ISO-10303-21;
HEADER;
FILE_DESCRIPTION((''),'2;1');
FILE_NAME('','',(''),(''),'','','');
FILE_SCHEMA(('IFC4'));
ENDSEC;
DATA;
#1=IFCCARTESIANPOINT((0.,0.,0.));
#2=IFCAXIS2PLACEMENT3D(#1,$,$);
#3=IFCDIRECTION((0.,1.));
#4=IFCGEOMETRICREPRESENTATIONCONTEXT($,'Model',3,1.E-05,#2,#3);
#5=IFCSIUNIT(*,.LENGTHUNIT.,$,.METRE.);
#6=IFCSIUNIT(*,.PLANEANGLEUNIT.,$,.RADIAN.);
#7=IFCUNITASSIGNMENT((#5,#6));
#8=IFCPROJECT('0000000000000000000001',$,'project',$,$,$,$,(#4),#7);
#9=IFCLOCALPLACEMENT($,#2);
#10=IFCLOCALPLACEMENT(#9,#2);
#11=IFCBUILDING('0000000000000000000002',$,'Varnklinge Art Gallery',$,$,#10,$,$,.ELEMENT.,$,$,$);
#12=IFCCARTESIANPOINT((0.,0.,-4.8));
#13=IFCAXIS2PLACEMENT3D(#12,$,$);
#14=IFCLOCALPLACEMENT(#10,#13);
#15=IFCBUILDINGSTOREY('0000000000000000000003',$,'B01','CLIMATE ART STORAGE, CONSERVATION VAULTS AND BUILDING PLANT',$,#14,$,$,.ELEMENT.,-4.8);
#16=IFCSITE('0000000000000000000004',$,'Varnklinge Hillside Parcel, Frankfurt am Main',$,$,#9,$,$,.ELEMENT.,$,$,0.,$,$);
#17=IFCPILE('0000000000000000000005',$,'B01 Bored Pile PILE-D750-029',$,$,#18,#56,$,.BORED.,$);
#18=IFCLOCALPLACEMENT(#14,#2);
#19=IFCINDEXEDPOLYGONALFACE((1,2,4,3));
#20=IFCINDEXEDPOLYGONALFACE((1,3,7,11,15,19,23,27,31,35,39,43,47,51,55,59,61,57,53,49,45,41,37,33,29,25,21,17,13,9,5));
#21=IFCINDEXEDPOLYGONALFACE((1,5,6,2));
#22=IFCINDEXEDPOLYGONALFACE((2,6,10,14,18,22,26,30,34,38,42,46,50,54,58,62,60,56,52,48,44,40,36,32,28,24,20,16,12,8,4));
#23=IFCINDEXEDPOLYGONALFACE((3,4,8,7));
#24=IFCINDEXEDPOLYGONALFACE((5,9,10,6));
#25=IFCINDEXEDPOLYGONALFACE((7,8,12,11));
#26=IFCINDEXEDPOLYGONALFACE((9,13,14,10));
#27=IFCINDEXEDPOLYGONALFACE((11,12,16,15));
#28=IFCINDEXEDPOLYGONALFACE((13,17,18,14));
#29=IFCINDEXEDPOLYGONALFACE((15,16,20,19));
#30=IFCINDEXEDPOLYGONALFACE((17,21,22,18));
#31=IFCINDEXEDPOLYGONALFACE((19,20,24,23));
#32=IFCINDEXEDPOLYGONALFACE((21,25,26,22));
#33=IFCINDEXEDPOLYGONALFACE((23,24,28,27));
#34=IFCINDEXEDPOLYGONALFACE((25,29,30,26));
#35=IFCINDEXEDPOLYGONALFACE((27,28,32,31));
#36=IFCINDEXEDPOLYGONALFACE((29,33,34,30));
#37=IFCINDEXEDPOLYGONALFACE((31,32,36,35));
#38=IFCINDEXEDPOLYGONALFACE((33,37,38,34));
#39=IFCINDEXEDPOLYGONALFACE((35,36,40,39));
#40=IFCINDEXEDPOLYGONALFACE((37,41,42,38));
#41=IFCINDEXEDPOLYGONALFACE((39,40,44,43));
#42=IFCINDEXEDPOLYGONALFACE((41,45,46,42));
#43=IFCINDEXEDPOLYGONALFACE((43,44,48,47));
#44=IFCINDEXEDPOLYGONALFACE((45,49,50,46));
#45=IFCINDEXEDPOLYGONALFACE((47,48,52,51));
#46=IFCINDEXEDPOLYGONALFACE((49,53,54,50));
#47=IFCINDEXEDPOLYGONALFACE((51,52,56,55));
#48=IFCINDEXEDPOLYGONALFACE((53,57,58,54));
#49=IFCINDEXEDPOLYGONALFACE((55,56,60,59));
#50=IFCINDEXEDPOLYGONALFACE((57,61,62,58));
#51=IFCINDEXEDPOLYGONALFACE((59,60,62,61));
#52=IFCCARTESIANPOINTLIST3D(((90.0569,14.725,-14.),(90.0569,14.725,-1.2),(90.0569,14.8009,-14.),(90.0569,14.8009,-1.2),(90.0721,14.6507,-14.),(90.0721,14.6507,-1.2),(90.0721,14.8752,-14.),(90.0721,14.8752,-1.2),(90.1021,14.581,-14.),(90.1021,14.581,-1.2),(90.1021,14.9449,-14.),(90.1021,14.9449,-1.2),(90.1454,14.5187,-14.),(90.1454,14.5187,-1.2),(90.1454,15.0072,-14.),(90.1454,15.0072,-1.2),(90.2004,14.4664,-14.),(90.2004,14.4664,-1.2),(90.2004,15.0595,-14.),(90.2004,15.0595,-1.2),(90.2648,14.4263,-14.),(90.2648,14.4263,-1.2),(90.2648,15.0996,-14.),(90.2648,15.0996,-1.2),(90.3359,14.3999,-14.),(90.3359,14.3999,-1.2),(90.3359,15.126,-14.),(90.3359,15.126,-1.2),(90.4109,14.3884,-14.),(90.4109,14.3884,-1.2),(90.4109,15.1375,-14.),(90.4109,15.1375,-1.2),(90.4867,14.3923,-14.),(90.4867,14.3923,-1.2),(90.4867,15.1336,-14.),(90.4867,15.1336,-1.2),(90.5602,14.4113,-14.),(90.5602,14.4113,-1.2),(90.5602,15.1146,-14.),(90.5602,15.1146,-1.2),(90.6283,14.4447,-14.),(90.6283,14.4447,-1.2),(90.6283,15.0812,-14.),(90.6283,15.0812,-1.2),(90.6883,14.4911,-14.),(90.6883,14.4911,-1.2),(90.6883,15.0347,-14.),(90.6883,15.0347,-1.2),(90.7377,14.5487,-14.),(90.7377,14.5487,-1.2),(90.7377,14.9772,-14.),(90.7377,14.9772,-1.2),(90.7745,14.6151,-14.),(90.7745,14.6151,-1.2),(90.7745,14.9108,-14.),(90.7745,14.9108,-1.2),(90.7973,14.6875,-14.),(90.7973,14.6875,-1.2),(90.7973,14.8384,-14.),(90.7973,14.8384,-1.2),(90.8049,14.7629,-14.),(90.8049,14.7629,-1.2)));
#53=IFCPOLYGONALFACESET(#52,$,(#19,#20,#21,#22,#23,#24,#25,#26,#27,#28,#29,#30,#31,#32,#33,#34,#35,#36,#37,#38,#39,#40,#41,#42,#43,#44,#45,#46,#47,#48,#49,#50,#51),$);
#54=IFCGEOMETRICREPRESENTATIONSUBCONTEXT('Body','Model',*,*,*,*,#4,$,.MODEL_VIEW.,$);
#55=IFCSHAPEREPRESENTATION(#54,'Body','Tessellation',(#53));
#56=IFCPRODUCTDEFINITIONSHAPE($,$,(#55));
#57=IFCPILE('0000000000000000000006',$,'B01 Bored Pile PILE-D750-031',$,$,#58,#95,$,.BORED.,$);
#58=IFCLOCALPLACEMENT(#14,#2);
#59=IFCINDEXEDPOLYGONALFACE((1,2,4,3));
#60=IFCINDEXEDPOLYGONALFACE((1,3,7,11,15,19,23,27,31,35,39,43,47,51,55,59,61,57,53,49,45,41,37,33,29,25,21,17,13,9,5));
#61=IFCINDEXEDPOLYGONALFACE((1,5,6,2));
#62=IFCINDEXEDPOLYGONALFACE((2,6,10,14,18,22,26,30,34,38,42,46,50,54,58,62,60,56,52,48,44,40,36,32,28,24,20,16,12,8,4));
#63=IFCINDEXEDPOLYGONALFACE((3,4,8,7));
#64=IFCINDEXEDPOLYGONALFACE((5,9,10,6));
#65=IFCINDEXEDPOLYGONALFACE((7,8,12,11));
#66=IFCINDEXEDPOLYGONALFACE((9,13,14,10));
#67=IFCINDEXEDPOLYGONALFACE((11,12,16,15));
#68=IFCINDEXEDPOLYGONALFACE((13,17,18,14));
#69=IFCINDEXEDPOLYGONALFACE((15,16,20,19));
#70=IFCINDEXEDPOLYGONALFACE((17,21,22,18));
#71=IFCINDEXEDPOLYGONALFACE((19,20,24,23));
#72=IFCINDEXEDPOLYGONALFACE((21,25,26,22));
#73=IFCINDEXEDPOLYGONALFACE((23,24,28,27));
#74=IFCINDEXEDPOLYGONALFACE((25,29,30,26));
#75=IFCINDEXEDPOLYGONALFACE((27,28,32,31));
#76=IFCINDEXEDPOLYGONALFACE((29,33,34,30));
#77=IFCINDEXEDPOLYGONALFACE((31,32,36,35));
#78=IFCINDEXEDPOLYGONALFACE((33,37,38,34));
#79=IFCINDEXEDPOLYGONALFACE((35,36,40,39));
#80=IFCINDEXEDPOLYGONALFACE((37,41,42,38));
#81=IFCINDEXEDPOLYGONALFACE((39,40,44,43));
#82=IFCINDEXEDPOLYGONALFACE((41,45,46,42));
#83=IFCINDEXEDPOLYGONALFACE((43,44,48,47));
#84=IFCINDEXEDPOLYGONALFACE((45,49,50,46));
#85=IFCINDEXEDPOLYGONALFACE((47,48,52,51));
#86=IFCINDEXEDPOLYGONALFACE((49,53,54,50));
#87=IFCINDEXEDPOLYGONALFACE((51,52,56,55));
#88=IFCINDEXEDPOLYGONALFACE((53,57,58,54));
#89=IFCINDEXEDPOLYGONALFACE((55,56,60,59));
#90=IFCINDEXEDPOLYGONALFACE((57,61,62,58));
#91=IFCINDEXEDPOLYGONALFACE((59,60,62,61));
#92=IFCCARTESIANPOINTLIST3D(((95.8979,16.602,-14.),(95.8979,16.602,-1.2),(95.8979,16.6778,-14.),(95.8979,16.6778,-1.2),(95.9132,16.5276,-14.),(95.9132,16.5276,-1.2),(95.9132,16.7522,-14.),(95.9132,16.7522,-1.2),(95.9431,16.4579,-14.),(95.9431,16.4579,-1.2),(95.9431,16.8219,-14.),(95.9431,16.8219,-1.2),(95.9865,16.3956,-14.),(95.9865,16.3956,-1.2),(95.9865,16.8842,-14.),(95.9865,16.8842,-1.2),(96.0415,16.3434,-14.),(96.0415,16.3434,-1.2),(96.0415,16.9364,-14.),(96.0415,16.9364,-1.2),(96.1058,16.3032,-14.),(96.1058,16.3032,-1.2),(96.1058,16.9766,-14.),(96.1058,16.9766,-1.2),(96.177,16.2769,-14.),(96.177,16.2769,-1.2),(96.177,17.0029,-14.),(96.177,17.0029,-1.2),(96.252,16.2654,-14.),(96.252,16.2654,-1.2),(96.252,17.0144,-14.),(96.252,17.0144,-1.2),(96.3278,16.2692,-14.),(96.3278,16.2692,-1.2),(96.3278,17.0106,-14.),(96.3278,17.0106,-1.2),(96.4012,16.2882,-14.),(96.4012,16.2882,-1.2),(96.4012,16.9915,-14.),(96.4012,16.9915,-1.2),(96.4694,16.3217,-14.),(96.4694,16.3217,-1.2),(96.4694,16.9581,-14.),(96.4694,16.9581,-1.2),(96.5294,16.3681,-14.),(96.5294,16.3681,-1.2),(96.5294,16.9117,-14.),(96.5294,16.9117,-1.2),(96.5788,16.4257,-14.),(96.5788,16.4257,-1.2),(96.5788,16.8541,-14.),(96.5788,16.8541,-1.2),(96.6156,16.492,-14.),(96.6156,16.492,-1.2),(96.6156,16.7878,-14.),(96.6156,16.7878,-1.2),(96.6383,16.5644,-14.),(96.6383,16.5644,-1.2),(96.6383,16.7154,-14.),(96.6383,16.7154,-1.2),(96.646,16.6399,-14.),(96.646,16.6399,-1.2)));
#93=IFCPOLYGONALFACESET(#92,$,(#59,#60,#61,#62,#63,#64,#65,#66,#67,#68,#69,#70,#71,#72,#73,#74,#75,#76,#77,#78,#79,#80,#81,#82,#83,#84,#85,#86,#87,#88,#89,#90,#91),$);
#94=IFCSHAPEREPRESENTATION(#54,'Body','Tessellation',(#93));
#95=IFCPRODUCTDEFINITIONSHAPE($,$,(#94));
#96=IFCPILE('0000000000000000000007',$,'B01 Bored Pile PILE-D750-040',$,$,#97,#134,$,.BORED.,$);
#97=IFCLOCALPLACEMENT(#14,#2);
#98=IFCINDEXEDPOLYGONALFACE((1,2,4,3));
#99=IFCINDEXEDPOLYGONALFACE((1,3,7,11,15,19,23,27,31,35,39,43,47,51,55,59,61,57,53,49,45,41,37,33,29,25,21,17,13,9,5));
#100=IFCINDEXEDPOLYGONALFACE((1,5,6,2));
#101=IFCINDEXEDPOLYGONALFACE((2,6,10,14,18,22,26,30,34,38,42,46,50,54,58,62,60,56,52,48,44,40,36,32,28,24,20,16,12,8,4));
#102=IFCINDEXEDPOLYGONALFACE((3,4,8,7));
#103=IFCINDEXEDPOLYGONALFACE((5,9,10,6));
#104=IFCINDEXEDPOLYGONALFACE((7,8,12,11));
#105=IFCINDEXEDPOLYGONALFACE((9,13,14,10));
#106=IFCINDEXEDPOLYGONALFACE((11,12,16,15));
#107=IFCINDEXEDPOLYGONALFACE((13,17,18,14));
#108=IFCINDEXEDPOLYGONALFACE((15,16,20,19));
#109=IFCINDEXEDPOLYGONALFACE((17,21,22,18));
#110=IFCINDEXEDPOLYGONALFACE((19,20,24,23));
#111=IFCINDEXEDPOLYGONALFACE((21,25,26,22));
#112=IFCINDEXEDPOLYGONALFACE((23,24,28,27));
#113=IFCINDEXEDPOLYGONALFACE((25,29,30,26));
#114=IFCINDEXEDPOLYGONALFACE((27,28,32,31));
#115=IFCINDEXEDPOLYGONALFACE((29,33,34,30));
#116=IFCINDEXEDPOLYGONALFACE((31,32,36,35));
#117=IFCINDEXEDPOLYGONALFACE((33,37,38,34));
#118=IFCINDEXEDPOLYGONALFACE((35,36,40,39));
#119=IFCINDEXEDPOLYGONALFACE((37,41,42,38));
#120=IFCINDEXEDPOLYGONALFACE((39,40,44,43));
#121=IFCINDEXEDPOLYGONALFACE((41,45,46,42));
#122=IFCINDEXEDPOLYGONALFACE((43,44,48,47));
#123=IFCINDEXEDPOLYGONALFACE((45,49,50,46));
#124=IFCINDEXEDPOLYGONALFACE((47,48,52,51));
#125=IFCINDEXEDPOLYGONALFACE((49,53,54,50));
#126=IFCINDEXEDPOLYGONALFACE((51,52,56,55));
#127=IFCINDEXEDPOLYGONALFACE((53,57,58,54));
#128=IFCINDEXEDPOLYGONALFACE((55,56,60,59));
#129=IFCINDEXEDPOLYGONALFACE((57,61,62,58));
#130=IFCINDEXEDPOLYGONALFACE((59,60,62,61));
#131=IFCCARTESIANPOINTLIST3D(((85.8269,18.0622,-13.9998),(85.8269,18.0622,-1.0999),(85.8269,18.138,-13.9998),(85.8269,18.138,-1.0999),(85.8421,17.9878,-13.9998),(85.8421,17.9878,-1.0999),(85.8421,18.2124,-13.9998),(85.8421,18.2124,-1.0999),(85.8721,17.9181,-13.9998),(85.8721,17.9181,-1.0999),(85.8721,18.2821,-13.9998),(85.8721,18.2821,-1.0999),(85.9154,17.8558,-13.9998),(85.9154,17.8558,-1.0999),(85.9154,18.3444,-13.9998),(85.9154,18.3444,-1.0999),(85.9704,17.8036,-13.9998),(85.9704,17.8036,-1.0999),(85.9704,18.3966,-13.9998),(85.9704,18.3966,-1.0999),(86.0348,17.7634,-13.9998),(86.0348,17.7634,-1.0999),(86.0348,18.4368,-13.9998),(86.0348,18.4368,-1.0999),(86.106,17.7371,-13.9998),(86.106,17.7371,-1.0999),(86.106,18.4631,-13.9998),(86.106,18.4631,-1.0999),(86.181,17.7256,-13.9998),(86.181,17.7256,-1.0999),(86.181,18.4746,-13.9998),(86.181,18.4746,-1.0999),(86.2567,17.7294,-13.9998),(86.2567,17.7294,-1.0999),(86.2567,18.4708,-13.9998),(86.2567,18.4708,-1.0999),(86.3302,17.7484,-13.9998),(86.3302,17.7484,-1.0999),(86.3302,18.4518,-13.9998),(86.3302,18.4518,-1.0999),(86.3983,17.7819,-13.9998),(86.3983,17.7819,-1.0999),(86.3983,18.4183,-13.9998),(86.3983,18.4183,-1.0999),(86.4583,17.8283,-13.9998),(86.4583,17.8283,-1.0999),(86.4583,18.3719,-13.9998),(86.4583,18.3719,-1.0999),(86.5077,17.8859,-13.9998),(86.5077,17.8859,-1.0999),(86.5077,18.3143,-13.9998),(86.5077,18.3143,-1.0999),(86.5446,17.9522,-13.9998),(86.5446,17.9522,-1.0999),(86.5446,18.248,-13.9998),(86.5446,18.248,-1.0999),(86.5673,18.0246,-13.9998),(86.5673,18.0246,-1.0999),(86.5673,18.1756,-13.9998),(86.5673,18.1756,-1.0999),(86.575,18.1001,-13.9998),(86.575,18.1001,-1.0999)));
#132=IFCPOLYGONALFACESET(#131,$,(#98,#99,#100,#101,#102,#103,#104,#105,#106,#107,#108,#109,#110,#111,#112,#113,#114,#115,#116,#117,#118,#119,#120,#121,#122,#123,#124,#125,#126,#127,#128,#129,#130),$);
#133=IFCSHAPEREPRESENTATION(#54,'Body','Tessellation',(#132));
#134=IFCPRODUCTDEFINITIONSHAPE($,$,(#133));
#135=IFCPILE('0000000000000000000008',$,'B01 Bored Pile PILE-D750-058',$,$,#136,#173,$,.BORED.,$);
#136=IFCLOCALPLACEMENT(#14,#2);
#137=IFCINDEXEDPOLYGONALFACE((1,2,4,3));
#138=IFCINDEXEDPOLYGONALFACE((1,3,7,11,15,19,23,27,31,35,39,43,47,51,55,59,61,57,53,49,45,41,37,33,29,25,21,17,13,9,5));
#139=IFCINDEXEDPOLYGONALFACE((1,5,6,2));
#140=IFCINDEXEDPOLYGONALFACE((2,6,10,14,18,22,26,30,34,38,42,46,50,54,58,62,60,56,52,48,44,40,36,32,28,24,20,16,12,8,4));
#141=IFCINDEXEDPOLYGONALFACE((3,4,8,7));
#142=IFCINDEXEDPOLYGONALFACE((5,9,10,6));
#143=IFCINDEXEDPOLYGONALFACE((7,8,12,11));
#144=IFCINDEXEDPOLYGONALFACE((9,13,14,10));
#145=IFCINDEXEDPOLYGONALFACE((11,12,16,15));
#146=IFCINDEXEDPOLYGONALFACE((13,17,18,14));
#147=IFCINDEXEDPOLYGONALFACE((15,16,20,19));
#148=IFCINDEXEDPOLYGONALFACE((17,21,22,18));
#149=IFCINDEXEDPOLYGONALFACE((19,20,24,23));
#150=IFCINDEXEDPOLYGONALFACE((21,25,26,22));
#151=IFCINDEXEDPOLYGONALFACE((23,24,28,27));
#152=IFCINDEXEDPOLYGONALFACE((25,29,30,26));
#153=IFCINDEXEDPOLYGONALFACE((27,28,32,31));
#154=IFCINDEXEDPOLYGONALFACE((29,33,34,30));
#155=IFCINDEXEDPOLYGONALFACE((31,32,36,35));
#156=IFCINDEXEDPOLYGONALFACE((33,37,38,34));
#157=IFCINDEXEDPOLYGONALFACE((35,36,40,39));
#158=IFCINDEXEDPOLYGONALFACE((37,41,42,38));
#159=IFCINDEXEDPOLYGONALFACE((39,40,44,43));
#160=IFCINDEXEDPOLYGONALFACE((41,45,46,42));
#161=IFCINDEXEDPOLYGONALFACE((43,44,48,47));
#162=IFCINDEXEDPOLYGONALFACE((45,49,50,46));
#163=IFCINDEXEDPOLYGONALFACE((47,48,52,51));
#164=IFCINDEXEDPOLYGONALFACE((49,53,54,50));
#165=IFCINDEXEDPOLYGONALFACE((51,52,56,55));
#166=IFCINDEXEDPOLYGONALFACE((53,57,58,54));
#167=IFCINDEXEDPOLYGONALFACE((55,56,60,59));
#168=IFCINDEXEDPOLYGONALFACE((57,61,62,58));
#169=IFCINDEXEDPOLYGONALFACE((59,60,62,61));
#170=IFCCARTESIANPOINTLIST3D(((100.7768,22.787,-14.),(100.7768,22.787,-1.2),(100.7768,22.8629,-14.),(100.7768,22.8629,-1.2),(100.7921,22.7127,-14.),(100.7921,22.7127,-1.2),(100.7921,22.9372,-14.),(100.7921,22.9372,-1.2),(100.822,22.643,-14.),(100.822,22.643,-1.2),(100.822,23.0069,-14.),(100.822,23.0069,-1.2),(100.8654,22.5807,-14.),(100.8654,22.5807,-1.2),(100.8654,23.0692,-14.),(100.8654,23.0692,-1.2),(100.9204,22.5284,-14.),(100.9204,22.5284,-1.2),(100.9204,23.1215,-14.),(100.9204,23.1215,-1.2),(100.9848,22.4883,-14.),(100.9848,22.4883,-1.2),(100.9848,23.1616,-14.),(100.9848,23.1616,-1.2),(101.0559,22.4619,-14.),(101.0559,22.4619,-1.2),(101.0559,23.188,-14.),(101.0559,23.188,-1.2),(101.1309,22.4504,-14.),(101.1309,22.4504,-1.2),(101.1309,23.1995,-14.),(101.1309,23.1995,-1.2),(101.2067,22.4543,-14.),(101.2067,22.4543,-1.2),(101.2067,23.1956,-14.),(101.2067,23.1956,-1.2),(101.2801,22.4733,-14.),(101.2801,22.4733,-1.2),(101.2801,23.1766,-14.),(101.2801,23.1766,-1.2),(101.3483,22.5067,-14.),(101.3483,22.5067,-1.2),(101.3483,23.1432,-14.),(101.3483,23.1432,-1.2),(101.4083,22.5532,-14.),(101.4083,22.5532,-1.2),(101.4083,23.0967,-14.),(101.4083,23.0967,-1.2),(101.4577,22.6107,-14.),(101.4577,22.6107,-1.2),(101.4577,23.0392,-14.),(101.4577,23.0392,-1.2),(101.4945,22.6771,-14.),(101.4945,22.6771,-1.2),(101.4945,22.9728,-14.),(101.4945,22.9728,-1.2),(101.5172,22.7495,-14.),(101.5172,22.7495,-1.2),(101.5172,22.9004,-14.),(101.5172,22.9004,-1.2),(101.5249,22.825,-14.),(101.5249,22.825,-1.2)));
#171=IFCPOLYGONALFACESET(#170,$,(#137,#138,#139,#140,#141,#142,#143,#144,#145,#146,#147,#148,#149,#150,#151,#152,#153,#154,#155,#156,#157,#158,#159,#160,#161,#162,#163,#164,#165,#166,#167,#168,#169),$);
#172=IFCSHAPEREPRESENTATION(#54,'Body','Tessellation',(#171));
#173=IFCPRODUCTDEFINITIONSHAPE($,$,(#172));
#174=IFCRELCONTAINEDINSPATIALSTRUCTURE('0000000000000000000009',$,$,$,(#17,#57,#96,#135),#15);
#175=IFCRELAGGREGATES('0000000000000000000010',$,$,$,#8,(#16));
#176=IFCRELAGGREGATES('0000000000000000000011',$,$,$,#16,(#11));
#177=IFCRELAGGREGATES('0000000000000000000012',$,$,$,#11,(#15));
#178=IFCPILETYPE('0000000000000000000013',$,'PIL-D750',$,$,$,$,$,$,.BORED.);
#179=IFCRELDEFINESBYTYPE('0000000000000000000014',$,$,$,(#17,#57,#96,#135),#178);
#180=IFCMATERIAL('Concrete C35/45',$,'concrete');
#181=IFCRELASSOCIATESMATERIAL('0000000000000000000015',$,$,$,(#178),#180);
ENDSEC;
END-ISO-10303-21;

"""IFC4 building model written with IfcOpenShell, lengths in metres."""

from ifc_helpers import new_model, si_unit, direction, frame, origin, origin_2d, place, context, subcontext, project, spatial, circle, extrude, material, material_profile, profile_set, type_object, element, save


model = new_model("IFC4")

# Units and contexts
model_context = context("Model", 3, precision=1e-05, world=origin(), true_north=direction((0.0, 1.0)))
body_context = subcontext(model_context, "Body", "Model", "MODEL_VIEW")
ifc_project = project(units=[si_unit("LENGTHUNIT", "METRE"), si_unit("PLANEANGLEUNIT", "RADIAN")], contexts=[model_context])

# Site, building, storey
site_placement = place(None, origin())
site = spatial("IfcSite", under=ifc_project, at=site_placement, Name="Varnklinge Hillside Parcel, Frankfurt am Main", CompositionType="ELEMENT", RefElevation=0.0)
building_placement = place(site_placement, origin())
building = spatial("IfcBuilding", under=site, at=building_placement, Name="Varnklinge Art Gallery", CompositionType="ELEMENT")
storey_placement = place(building_placement, frame((0.0, 0.0, -4.8)))
storey = spatial("IfcBuildingStorey", under=building, at=storey_placement, Name="B01", Description="CLIMATE ART STORAGE, CONSERVATION VAULTS AND BUILDING PLANT", CompositionType="ELEMENT", Elevation=-4.8)

# Piles
ifc_material_1 = material(Name="Concrete C35/45", Category="concrete")
ifc_material_profile_1 = material_profile(ifc_material_1, circle(Radius=0.375, at=origin_2d()), Name="PILE D750")
ifc_profile_set_1 = profile_set([ifc_material_profile_1], Name="Concrete C35/45")
pile_type = type_object("IfcPileType", Name="PIL-D750", PredefinedType="BORED", material=ifc_profile_set_1)
for number, where, z_axis, x_axis, name in (
    (1, (90.4299, 14.7629, -1.2), (0.0, 0.0, -1.0), (1.0, 0.0, 0.0), "B01 Bored Pile PILE-D750-029"),
    (2, (96.271, 16.6399, -1.2), (0.0, 0.0, -1.0), (1.0, 0.0, 0.0), "B01 Bored Pile PILE-D750-031"),
):
    element("IfcPile", number, at=place(storey_placement, frame(where, z_axis=z_axis, x_axis=x_axis)), inside=storey, type_object=pile_type, Name=name, PredefinedType="BORED", context=body_context, shape_type="SweptSolid", body=[
        extrude(circle(Radius=0.375, at=origin_2d()), origin(), (0.0, 0.0, 1.0), 12.8),
    ])
pile_1_placement = place(storey_placement, frame((86.2, 18.1001, -1.0999), z_axis=(0.0, 0.0, -1.0), x_axis=(1.0, 0.0, 0.0)))
element("IfcPile", 3, at=pile_1_placement, inside=storey, type_object=pile_type, Name="B01 Bored Pile PILE-D750-040", PredefinedType="BORED", context=body_context, shape_type="SweptSolid", body=[
    extrude(circle(Radius=0.375, at=origin_2d()), origin(), (0.0, 0.0, 1.0), 12.8999),
])
pile_2_placement = place(storey_placement, frame((101.1499, 22.825, -1.2), z_axis=(0.0, 0.0, -1.0), x_axis=(1.0, 0.0, 0.0)))
element("IfcPile", 4, at=pile_2_placement, inside=storey, type_object=pile_type, Name="B01 Bored Pile PILE-D750-058", PredefinedType="BORED", context=body_context, shape_type="SweptSolid", body=[
    extrude(circle(Radius=0.375, at=origin_2d()), origin(), (0.0, 0.0, 1.0), 12.8),
])

save(model, "model.ifc")
